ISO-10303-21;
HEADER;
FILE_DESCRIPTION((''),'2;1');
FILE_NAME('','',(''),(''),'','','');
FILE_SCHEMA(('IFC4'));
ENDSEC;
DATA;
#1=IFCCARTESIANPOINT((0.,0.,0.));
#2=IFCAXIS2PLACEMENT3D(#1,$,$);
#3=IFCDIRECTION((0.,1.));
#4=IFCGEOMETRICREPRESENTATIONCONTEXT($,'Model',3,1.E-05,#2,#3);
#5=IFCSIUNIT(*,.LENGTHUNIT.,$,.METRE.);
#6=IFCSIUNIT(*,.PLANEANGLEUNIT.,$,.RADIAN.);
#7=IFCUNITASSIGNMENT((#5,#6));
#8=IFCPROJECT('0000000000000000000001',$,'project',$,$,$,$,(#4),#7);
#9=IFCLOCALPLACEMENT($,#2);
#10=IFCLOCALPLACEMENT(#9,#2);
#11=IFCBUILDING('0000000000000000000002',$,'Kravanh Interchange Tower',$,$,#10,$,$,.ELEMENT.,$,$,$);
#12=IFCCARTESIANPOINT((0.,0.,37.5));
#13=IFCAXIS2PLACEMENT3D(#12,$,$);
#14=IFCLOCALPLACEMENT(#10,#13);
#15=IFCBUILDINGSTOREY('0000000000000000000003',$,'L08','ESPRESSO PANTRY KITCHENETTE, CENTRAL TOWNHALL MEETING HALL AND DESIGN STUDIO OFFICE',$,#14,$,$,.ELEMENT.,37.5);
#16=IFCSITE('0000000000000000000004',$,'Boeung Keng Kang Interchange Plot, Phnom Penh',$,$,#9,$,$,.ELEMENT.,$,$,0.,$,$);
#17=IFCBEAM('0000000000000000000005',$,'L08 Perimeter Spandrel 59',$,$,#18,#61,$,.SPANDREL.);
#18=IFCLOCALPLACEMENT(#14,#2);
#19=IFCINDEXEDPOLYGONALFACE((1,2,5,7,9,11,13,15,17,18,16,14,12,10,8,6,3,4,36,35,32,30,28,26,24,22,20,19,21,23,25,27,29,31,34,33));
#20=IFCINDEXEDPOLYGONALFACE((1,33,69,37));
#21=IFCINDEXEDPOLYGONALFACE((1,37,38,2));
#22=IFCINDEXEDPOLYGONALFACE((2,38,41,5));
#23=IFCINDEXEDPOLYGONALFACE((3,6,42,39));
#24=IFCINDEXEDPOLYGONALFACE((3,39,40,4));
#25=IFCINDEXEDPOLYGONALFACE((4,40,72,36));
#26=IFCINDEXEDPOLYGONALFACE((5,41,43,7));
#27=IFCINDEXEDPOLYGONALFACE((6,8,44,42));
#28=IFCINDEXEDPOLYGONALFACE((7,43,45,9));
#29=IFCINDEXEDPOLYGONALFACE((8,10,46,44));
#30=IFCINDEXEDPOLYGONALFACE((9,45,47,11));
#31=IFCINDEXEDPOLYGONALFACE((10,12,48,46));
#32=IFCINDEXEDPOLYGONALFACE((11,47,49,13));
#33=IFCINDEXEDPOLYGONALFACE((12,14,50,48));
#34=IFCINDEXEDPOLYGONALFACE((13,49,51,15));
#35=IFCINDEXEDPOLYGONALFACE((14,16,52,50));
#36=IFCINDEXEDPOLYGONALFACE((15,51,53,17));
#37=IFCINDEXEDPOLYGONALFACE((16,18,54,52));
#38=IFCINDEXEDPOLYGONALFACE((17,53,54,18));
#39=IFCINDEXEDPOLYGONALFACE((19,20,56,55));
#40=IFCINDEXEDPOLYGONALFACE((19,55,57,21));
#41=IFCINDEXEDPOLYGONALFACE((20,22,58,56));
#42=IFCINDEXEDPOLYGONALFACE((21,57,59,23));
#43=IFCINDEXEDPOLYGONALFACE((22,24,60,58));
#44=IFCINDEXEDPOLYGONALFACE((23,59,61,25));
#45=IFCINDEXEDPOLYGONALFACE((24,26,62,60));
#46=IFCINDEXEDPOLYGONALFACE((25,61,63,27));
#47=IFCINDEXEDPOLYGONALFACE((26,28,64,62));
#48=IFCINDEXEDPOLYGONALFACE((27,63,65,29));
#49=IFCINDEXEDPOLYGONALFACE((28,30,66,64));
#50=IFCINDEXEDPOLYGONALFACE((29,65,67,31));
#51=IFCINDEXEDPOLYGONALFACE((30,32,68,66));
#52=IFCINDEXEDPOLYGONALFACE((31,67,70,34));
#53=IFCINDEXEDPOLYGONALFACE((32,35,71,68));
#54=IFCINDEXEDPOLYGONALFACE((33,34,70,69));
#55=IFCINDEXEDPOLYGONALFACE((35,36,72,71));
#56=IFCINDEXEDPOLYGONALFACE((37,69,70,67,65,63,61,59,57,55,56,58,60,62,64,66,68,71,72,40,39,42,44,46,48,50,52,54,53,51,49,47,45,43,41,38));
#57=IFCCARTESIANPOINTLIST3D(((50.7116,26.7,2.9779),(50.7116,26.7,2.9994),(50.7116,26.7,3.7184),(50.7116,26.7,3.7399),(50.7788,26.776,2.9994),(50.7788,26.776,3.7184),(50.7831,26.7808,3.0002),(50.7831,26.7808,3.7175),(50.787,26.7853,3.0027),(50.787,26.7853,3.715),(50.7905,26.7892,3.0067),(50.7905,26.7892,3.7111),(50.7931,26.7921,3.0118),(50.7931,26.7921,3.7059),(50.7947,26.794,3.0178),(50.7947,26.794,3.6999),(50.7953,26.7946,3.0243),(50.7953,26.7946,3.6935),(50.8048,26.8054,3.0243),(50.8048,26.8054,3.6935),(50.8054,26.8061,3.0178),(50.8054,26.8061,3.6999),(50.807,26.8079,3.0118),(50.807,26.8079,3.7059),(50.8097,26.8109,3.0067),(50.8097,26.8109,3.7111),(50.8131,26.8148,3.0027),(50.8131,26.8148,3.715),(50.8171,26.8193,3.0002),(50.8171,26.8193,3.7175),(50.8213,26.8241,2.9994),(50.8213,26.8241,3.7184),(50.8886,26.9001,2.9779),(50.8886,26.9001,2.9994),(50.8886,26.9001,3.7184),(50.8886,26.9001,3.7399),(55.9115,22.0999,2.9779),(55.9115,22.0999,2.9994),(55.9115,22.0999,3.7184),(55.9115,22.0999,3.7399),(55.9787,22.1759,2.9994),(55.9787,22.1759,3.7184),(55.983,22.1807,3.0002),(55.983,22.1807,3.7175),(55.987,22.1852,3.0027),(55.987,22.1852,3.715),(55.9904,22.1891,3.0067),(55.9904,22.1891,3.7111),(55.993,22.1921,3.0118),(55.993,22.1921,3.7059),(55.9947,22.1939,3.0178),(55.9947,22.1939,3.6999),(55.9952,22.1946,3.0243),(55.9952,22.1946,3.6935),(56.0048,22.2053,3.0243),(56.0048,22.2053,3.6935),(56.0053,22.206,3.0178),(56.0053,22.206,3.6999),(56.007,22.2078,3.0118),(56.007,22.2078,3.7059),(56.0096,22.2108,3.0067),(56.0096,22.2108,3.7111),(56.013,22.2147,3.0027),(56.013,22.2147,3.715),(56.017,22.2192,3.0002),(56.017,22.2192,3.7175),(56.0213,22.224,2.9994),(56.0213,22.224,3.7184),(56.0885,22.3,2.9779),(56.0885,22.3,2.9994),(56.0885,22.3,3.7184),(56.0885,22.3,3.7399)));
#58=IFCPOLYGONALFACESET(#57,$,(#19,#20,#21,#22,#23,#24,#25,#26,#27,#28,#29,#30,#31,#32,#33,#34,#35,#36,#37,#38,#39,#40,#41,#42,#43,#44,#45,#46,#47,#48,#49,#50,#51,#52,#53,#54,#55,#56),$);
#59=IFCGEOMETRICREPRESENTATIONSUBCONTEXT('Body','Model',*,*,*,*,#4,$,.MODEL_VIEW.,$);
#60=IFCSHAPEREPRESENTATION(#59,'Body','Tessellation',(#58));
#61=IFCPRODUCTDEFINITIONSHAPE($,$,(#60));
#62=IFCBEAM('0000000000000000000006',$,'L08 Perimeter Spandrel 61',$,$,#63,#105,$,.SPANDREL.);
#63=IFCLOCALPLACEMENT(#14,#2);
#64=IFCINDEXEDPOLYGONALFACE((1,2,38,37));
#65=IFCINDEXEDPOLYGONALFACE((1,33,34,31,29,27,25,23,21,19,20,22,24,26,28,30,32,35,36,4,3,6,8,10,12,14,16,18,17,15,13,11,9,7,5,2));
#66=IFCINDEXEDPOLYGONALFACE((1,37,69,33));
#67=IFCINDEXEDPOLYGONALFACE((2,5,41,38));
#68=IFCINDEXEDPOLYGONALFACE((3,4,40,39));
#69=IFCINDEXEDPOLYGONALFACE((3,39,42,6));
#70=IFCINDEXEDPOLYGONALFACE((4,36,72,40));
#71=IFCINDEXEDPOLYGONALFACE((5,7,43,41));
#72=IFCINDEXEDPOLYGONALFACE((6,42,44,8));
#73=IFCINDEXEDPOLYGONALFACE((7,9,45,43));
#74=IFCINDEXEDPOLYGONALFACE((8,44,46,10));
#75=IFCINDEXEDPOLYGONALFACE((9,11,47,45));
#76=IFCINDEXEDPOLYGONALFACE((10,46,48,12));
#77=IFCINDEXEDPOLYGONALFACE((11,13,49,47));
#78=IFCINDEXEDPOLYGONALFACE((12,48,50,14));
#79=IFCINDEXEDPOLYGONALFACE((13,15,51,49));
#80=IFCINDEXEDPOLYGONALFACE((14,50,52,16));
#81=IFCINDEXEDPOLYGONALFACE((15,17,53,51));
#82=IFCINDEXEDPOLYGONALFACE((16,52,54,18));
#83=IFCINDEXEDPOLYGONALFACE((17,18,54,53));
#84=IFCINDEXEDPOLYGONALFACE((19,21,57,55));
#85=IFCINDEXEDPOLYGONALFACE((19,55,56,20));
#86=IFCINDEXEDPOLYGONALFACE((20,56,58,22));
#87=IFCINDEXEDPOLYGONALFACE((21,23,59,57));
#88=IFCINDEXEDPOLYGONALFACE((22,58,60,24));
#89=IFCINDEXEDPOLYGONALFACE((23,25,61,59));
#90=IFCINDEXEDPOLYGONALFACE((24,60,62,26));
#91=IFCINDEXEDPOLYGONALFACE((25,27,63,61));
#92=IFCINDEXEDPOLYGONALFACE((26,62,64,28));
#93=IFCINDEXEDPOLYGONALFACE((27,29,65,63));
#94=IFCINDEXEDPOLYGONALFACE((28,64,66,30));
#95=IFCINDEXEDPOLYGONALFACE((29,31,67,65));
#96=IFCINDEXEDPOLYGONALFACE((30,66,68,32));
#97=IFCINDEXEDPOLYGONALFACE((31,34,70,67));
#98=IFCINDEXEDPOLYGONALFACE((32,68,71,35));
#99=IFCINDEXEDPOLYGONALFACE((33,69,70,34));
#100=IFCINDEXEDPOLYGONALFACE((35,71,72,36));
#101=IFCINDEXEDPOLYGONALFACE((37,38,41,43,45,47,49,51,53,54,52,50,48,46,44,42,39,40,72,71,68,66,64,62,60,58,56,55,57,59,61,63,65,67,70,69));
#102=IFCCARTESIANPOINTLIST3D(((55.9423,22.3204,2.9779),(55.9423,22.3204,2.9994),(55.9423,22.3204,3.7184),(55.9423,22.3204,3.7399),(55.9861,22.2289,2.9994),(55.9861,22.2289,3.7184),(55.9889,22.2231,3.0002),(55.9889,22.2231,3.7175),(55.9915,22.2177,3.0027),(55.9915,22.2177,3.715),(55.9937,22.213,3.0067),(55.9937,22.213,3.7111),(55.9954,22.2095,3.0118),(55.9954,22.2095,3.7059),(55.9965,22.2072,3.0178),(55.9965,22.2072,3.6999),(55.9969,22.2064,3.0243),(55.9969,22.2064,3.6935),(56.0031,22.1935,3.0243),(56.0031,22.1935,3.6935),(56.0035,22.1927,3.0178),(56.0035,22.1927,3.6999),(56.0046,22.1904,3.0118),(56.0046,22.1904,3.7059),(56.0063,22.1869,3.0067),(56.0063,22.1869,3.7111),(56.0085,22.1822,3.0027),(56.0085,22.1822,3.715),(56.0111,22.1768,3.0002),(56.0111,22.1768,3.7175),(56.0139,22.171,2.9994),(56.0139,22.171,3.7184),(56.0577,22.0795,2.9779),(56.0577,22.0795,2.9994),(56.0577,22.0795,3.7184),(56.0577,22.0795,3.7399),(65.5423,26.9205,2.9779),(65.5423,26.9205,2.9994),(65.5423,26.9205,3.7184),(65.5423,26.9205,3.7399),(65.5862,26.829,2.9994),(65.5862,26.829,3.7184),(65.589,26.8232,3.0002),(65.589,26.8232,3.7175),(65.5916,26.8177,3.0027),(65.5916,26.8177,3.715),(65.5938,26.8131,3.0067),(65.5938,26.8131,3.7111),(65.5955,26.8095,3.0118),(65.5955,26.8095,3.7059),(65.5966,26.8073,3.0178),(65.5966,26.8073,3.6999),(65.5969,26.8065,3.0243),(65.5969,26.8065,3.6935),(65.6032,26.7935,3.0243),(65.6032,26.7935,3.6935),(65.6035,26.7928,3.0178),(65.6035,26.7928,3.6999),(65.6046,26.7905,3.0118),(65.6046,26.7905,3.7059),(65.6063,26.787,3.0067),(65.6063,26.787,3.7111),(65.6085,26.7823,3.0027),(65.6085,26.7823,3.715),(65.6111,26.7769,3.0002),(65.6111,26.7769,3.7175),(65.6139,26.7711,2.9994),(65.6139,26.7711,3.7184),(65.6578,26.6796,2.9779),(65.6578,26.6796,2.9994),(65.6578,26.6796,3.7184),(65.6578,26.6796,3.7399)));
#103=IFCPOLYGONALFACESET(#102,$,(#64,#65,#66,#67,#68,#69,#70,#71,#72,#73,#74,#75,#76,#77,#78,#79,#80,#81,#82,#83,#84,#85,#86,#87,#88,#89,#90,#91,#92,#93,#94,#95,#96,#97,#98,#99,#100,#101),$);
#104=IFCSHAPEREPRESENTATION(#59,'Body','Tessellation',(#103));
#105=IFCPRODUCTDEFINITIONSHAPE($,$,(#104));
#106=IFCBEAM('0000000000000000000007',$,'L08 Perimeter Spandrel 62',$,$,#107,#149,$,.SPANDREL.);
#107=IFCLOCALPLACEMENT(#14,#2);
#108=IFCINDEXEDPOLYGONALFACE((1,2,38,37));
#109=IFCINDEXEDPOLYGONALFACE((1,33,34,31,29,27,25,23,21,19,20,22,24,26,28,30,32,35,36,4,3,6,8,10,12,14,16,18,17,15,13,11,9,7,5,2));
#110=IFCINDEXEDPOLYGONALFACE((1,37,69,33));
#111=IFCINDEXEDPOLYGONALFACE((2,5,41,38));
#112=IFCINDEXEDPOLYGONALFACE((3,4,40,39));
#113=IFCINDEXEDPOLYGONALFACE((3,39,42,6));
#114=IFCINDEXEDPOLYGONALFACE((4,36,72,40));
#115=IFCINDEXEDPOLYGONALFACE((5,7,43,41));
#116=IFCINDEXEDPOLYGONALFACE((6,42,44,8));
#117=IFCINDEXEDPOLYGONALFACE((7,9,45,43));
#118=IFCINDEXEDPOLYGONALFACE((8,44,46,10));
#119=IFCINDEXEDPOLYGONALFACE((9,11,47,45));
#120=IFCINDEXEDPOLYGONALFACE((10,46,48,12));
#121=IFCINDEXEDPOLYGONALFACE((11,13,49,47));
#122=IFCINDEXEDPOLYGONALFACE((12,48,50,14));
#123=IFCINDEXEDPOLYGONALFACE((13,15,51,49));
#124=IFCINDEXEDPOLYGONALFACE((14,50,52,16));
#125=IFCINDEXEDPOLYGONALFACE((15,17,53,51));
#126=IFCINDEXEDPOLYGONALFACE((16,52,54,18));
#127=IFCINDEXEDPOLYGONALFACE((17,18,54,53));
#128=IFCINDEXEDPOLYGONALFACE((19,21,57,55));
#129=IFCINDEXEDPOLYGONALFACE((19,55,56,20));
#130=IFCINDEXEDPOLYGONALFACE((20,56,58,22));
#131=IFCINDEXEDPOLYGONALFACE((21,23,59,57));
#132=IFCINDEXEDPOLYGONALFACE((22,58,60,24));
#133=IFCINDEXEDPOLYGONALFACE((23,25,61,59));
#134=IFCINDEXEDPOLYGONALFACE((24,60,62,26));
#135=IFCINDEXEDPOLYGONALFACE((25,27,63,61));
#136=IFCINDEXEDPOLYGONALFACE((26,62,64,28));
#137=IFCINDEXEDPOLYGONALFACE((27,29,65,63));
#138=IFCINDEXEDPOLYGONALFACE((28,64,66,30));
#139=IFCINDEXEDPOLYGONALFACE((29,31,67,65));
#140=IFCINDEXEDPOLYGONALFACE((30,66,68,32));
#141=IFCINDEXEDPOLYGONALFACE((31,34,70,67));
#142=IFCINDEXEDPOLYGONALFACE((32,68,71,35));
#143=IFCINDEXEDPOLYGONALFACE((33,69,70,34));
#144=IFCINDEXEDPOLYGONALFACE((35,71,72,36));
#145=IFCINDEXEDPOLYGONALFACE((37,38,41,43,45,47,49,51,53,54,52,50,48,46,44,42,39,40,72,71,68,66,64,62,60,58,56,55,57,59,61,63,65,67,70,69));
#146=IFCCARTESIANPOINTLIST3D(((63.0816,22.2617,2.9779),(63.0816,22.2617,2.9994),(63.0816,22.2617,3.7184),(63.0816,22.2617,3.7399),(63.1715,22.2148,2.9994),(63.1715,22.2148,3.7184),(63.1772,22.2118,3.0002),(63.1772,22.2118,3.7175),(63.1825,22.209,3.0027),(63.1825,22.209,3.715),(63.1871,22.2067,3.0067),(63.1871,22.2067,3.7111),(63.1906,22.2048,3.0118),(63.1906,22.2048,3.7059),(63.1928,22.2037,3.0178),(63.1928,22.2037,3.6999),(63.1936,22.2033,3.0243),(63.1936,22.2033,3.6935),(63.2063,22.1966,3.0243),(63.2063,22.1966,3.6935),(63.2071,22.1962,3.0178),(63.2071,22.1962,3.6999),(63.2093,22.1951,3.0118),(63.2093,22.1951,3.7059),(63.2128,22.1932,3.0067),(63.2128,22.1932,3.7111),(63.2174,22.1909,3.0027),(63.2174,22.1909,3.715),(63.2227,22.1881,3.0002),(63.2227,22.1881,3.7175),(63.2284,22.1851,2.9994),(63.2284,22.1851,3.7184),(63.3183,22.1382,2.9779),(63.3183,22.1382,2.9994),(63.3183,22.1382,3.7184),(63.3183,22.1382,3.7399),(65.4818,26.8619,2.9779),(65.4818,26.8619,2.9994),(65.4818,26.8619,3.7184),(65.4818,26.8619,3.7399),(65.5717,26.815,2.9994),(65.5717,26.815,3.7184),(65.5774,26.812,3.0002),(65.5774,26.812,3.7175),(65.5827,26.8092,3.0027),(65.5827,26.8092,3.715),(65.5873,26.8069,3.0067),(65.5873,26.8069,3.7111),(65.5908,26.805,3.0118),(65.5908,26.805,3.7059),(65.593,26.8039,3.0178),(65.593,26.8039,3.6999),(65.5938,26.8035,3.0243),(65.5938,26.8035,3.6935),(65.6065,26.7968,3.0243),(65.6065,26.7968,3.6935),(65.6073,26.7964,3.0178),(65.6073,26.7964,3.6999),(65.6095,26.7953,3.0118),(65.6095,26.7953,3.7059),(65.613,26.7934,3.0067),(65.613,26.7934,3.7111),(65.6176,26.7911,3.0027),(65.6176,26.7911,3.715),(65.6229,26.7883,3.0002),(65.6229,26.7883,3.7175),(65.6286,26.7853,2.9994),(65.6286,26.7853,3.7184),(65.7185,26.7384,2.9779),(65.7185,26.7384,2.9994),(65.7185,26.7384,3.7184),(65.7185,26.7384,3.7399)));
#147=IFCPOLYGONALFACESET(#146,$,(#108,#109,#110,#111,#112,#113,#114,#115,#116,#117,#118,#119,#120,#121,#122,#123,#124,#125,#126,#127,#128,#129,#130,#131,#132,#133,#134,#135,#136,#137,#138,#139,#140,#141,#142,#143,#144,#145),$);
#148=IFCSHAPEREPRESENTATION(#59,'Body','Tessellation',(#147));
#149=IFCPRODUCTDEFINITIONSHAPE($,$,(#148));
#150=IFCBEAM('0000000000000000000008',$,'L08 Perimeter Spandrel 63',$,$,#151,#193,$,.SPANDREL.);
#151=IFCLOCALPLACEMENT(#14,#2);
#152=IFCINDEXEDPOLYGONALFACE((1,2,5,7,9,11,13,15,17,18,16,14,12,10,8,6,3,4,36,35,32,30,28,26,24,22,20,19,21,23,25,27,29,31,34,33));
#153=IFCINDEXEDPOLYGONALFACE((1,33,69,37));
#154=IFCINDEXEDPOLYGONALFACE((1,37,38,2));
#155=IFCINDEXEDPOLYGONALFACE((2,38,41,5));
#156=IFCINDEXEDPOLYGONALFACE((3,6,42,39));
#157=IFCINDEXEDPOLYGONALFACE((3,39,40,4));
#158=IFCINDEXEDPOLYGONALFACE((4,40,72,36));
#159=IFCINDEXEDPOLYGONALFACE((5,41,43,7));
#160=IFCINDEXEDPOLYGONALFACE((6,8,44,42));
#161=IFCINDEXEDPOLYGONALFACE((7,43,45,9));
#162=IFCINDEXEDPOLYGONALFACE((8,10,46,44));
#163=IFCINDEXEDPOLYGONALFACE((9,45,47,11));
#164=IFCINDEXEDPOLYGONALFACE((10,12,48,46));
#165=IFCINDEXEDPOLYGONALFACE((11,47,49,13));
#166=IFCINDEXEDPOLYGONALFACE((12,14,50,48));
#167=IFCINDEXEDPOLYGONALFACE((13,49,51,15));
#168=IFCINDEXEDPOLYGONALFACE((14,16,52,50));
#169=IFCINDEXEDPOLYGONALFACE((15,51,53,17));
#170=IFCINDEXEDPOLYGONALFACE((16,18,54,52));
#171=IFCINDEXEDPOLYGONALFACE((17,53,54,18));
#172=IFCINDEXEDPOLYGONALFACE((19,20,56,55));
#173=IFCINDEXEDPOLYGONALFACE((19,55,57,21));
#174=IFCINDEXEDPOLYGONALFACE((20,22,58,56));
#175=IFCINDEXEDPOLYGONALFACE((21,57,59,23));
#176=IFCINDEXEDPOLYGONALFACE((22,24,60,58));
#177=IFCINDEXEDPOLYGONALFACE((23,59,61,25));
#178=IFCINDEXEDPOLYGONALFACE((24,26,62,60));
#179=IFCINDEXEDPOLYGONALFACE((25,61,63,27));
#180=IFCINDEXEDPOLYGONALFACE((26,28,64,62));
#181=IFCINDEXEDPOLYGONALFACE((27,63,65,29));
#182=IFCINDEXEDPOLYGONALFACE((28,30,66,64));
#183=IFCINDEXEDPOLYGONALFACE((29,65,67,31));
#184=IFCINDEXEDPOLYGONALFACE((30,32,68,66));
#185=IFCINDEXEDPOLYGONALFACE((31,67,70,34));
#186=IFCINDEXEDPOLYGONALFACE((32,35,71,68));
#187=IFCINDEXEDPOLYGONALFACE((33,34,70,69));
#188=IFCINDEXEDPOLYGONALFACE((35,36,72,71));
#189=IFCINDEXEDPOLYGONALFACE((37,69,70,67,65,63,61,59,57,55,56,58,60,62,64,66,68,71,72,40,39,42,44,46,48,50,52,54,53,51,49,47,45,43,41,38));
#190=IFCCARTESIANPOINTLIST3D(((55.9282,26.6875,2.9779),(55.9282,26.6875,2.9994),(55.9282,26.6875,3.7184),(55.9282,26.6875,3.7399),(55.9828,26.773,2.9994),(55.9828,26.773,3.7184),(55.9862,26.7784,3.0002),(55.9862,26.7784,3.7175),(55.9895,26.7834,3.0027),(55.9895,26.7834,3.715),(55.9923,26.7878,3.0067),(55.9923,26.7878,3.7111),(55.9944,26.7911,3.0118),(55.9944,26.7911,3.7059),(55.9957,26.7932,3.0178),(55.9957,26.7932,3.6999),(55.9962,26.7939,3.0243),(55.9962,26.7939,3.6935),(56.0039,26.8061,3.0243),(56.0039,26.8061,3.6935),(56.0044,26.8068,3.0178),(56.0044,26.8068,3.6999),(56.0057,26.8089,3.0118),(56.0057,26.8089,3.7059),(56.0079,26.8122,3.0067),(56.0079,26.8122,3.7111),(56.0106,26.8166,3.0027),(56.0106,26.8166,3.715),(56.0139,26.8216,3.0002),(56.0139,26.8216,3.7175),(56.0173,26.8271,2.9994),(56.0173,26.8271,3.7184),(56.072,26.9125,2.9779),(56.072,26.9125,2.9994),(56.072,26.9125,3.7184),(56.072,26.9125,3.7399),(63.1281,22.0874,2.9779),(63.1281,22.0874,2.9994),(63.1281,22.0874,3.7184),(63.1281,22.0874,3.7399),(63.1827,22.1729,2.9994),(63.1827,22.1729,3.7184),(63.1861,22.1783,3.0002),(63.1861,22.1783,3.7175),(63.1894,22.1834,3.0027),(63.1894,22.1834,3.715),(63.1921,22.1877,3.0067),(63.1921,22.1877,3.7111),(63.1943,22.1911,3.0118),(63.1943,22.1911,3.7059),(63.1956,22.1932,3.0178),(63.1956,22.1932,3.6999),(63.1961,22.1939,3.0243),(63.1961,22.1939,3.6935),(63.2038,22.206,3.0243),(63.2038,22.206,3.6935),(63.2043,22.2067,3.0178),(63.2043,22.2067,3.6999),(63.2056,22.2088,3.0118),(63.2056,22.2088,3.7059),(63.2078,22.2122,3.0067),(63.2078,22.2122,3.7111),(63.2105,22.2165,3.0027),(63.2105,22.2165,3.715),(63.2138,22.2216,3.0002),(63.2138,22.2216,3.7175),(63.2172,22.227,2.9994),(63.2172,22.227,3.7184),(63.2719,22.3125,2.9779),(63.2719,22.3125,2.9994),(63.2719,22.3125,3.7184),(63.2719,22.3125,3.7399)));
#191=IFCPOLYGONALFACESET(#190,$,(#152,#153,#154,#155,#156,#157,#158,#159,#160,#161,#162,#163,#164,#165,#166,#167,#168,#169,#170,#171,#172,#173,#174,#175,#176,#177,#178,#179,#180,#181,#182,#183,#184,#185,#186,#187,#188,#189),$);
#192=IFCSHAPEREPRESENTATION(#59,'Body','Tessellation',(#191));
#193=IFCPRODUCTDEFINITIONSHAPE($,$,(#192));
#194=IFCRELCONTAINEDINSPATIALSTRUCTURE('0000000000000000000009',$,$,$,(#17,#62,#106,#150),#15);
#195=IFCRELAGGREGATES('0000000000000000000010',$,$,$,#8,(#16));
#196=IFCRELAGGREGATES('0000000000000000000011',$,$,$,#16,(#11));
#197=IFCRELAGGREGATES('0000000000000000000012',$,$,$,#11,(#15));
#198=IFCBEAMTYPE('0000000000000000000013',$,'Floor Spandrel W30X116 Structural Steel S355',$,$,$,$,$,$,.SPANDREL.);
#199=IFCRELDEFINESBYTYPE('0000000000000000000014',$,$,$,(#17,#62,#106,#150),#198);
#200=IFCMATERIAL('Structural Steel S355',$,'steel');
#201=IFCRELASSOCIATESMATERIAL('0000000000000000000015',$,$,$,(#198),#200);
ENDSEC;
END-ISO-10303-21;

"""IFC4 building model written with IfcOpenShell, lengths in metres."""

from ifc_helpers import new_model, si_unit, direction, frame, origin, origin_2d, place, context, subcontext, project, spatial, i_section, extrude, material, material_profile, profile_set, type_object, element, save


model = new_model("IFC4")

# Units and contexts
model_context = context("Model", 3, precision=1e-05, world=origin(), true_north=direction((0.0, 1.0)))
body_context = subcontext(model_context, "Body", "Model", "MODEL_VIEW")
ifc_project = project(units=[si_unit("LENGTHUNIT", "METRE"), si_unit("PLANEANGLEUNIT", "RADIAN")], contexts=[model_context])

# Site, building, storey
site_placement = place(None, origin())
site = spatial("IfcSite", under=ifc_project, at=site_placement, Name="Boeung Keng Kang Interchange Plot, Phnom Penh", CompositionType="ELEMENT", RefElevation=0.0)
building_placement = place(site_placement, origin())
building = spatial("IfcBuilding", under=site, at=building_placement, Name="Kravanh Interchange Tower", CompositionType="ELEMENT")
storey_placement = place(building_placement, frame((0.0, 0.0, 37.5)))
storey = spatial("IfcBuildingStorey", under=building, at=storey_placement, Name="L08", Description="ESPRESSO PANTRY KITCHENETTE, CENTRAL TOWNHALL MEETING HALL AND DESIGN STUDIO OFFICE", CompositionType="ELEMENT", Elevation=37.5)

# Beams
ifc_material_1 = material(Name="Structural Steel S355", Category="steel")
ifc_material_profile_1 = material_profile(ifc_material_1, i_section(OverallWidth=0.2671, OverallDepth=0.762, WebThickness=0.0144, FlangeThickness=0.0215, FilletRadius=0.0249, at=origin_2d()), Name="W30X116")
ifc_profile_set_1 = profile_set([ifc_material_profile_1], Name="Structural Steel S355")
beam_type_1 = type_object("IfcBeamType", Name="Floor Spandrel W30X116 Structural Steel S355", PredefinedType="SPANDREL", material=ifc_profile_set_1)
beam_1_placement = place(storey_placement, frame((56.0, 22.2, 3.3589), z_axis=(-0.748986, 0.662585, 0.0), x_axis=(-0.662585, -0.748986, 0.0)))
element("IfcBeam", 1, at=beam_1_placement, inside=storey, type_object=beam_type_1, Name="L08 Perimeter Spandrel 59", PredefinedType="SPANDREL", context=body_context, shape_type="SweptSolid", body=[
    extrude(i_section(OverallWidth=0.2671, OverallDepth=0.762, WebThickness=0.0144, FlangeThickness=0.0215, FilletRadius=0.0249, at=origin_2d()), origin(), (0.0, 0.0, 1.0), 6.9426),
])
beam_2_placement = place(storey_placement, frame((56.0, 22.2, 3.3589), z_axis=(0.901814, 0.432124, 0.0), x_axis=(-0.432124, 0.901814, 0.0)))
element("IfcBeam", 2, at=beam_2_placement, inside=storey, type_object=beam_type_1, Name="L08 Perimeter Spandrel 61", PredefinedType="SPANDREL", context=body_context, shape_type="SweptSolid", body=[
    extrude(i_section(OverallWidth=0.2671, OverallDepth=0.762, WebThickness=0.0144, FlangeThickness=0.0215, FilletRadius=0.0249, at=origin_2d()), origin(), (0.0, 0.0, 1.0), 10.6453),
])
beam_3_placement = place(storey_placement, frame((63.2, 22.2, 3.3589), z_axis=(0.46258, 0.886577, 0.0), x_axis=(-0.886577, 0.46258, 0.0)))
element("IfcBeam", 3, at=beam_3_placement, inside=storey, type_object=beam_type_1, Name="L08 Perimeter Spandrel 62", PredefinedType="SPANDREL", context=body_context, shape_type="SweptSolid", body=[
    extrude(i_section(OverallWidth=0.2671, OverallDepth=0.762, WebThickness=0.0144, FlangeThickness=0.0215, FilletRadius=0.0249, at=origin_2d()), origin(), (0.0, 0.0, 1.0), 5.1887),
])
beam_4_placement = place(storey_placement, frame((63.2, 22.2, 3.3589), z_axis=(-0.842689, 0.5384, 0.0), x_axis=(-0.5384, -0.842689, 0.0)))
element("IfcBeam", 4, at=beam_4_placement, inside=storey, type_object=beam_type_1, Name="L08 Perimeter Spandrel 63", PredefinedType="SPANDREL", context=body_context, shape_type="SweptSolid", body=[
    extrude(i_section(OverallWidth=0.2671, OverallDepth=0.762, WebThickness=0.0144, FlangeThickness=0.0215, FilletRadius=0.0249, at=origin_2d()), origin(), (0.0, 0.0, 1.0), 8.5439),
])

save(model, "model.ifc")
